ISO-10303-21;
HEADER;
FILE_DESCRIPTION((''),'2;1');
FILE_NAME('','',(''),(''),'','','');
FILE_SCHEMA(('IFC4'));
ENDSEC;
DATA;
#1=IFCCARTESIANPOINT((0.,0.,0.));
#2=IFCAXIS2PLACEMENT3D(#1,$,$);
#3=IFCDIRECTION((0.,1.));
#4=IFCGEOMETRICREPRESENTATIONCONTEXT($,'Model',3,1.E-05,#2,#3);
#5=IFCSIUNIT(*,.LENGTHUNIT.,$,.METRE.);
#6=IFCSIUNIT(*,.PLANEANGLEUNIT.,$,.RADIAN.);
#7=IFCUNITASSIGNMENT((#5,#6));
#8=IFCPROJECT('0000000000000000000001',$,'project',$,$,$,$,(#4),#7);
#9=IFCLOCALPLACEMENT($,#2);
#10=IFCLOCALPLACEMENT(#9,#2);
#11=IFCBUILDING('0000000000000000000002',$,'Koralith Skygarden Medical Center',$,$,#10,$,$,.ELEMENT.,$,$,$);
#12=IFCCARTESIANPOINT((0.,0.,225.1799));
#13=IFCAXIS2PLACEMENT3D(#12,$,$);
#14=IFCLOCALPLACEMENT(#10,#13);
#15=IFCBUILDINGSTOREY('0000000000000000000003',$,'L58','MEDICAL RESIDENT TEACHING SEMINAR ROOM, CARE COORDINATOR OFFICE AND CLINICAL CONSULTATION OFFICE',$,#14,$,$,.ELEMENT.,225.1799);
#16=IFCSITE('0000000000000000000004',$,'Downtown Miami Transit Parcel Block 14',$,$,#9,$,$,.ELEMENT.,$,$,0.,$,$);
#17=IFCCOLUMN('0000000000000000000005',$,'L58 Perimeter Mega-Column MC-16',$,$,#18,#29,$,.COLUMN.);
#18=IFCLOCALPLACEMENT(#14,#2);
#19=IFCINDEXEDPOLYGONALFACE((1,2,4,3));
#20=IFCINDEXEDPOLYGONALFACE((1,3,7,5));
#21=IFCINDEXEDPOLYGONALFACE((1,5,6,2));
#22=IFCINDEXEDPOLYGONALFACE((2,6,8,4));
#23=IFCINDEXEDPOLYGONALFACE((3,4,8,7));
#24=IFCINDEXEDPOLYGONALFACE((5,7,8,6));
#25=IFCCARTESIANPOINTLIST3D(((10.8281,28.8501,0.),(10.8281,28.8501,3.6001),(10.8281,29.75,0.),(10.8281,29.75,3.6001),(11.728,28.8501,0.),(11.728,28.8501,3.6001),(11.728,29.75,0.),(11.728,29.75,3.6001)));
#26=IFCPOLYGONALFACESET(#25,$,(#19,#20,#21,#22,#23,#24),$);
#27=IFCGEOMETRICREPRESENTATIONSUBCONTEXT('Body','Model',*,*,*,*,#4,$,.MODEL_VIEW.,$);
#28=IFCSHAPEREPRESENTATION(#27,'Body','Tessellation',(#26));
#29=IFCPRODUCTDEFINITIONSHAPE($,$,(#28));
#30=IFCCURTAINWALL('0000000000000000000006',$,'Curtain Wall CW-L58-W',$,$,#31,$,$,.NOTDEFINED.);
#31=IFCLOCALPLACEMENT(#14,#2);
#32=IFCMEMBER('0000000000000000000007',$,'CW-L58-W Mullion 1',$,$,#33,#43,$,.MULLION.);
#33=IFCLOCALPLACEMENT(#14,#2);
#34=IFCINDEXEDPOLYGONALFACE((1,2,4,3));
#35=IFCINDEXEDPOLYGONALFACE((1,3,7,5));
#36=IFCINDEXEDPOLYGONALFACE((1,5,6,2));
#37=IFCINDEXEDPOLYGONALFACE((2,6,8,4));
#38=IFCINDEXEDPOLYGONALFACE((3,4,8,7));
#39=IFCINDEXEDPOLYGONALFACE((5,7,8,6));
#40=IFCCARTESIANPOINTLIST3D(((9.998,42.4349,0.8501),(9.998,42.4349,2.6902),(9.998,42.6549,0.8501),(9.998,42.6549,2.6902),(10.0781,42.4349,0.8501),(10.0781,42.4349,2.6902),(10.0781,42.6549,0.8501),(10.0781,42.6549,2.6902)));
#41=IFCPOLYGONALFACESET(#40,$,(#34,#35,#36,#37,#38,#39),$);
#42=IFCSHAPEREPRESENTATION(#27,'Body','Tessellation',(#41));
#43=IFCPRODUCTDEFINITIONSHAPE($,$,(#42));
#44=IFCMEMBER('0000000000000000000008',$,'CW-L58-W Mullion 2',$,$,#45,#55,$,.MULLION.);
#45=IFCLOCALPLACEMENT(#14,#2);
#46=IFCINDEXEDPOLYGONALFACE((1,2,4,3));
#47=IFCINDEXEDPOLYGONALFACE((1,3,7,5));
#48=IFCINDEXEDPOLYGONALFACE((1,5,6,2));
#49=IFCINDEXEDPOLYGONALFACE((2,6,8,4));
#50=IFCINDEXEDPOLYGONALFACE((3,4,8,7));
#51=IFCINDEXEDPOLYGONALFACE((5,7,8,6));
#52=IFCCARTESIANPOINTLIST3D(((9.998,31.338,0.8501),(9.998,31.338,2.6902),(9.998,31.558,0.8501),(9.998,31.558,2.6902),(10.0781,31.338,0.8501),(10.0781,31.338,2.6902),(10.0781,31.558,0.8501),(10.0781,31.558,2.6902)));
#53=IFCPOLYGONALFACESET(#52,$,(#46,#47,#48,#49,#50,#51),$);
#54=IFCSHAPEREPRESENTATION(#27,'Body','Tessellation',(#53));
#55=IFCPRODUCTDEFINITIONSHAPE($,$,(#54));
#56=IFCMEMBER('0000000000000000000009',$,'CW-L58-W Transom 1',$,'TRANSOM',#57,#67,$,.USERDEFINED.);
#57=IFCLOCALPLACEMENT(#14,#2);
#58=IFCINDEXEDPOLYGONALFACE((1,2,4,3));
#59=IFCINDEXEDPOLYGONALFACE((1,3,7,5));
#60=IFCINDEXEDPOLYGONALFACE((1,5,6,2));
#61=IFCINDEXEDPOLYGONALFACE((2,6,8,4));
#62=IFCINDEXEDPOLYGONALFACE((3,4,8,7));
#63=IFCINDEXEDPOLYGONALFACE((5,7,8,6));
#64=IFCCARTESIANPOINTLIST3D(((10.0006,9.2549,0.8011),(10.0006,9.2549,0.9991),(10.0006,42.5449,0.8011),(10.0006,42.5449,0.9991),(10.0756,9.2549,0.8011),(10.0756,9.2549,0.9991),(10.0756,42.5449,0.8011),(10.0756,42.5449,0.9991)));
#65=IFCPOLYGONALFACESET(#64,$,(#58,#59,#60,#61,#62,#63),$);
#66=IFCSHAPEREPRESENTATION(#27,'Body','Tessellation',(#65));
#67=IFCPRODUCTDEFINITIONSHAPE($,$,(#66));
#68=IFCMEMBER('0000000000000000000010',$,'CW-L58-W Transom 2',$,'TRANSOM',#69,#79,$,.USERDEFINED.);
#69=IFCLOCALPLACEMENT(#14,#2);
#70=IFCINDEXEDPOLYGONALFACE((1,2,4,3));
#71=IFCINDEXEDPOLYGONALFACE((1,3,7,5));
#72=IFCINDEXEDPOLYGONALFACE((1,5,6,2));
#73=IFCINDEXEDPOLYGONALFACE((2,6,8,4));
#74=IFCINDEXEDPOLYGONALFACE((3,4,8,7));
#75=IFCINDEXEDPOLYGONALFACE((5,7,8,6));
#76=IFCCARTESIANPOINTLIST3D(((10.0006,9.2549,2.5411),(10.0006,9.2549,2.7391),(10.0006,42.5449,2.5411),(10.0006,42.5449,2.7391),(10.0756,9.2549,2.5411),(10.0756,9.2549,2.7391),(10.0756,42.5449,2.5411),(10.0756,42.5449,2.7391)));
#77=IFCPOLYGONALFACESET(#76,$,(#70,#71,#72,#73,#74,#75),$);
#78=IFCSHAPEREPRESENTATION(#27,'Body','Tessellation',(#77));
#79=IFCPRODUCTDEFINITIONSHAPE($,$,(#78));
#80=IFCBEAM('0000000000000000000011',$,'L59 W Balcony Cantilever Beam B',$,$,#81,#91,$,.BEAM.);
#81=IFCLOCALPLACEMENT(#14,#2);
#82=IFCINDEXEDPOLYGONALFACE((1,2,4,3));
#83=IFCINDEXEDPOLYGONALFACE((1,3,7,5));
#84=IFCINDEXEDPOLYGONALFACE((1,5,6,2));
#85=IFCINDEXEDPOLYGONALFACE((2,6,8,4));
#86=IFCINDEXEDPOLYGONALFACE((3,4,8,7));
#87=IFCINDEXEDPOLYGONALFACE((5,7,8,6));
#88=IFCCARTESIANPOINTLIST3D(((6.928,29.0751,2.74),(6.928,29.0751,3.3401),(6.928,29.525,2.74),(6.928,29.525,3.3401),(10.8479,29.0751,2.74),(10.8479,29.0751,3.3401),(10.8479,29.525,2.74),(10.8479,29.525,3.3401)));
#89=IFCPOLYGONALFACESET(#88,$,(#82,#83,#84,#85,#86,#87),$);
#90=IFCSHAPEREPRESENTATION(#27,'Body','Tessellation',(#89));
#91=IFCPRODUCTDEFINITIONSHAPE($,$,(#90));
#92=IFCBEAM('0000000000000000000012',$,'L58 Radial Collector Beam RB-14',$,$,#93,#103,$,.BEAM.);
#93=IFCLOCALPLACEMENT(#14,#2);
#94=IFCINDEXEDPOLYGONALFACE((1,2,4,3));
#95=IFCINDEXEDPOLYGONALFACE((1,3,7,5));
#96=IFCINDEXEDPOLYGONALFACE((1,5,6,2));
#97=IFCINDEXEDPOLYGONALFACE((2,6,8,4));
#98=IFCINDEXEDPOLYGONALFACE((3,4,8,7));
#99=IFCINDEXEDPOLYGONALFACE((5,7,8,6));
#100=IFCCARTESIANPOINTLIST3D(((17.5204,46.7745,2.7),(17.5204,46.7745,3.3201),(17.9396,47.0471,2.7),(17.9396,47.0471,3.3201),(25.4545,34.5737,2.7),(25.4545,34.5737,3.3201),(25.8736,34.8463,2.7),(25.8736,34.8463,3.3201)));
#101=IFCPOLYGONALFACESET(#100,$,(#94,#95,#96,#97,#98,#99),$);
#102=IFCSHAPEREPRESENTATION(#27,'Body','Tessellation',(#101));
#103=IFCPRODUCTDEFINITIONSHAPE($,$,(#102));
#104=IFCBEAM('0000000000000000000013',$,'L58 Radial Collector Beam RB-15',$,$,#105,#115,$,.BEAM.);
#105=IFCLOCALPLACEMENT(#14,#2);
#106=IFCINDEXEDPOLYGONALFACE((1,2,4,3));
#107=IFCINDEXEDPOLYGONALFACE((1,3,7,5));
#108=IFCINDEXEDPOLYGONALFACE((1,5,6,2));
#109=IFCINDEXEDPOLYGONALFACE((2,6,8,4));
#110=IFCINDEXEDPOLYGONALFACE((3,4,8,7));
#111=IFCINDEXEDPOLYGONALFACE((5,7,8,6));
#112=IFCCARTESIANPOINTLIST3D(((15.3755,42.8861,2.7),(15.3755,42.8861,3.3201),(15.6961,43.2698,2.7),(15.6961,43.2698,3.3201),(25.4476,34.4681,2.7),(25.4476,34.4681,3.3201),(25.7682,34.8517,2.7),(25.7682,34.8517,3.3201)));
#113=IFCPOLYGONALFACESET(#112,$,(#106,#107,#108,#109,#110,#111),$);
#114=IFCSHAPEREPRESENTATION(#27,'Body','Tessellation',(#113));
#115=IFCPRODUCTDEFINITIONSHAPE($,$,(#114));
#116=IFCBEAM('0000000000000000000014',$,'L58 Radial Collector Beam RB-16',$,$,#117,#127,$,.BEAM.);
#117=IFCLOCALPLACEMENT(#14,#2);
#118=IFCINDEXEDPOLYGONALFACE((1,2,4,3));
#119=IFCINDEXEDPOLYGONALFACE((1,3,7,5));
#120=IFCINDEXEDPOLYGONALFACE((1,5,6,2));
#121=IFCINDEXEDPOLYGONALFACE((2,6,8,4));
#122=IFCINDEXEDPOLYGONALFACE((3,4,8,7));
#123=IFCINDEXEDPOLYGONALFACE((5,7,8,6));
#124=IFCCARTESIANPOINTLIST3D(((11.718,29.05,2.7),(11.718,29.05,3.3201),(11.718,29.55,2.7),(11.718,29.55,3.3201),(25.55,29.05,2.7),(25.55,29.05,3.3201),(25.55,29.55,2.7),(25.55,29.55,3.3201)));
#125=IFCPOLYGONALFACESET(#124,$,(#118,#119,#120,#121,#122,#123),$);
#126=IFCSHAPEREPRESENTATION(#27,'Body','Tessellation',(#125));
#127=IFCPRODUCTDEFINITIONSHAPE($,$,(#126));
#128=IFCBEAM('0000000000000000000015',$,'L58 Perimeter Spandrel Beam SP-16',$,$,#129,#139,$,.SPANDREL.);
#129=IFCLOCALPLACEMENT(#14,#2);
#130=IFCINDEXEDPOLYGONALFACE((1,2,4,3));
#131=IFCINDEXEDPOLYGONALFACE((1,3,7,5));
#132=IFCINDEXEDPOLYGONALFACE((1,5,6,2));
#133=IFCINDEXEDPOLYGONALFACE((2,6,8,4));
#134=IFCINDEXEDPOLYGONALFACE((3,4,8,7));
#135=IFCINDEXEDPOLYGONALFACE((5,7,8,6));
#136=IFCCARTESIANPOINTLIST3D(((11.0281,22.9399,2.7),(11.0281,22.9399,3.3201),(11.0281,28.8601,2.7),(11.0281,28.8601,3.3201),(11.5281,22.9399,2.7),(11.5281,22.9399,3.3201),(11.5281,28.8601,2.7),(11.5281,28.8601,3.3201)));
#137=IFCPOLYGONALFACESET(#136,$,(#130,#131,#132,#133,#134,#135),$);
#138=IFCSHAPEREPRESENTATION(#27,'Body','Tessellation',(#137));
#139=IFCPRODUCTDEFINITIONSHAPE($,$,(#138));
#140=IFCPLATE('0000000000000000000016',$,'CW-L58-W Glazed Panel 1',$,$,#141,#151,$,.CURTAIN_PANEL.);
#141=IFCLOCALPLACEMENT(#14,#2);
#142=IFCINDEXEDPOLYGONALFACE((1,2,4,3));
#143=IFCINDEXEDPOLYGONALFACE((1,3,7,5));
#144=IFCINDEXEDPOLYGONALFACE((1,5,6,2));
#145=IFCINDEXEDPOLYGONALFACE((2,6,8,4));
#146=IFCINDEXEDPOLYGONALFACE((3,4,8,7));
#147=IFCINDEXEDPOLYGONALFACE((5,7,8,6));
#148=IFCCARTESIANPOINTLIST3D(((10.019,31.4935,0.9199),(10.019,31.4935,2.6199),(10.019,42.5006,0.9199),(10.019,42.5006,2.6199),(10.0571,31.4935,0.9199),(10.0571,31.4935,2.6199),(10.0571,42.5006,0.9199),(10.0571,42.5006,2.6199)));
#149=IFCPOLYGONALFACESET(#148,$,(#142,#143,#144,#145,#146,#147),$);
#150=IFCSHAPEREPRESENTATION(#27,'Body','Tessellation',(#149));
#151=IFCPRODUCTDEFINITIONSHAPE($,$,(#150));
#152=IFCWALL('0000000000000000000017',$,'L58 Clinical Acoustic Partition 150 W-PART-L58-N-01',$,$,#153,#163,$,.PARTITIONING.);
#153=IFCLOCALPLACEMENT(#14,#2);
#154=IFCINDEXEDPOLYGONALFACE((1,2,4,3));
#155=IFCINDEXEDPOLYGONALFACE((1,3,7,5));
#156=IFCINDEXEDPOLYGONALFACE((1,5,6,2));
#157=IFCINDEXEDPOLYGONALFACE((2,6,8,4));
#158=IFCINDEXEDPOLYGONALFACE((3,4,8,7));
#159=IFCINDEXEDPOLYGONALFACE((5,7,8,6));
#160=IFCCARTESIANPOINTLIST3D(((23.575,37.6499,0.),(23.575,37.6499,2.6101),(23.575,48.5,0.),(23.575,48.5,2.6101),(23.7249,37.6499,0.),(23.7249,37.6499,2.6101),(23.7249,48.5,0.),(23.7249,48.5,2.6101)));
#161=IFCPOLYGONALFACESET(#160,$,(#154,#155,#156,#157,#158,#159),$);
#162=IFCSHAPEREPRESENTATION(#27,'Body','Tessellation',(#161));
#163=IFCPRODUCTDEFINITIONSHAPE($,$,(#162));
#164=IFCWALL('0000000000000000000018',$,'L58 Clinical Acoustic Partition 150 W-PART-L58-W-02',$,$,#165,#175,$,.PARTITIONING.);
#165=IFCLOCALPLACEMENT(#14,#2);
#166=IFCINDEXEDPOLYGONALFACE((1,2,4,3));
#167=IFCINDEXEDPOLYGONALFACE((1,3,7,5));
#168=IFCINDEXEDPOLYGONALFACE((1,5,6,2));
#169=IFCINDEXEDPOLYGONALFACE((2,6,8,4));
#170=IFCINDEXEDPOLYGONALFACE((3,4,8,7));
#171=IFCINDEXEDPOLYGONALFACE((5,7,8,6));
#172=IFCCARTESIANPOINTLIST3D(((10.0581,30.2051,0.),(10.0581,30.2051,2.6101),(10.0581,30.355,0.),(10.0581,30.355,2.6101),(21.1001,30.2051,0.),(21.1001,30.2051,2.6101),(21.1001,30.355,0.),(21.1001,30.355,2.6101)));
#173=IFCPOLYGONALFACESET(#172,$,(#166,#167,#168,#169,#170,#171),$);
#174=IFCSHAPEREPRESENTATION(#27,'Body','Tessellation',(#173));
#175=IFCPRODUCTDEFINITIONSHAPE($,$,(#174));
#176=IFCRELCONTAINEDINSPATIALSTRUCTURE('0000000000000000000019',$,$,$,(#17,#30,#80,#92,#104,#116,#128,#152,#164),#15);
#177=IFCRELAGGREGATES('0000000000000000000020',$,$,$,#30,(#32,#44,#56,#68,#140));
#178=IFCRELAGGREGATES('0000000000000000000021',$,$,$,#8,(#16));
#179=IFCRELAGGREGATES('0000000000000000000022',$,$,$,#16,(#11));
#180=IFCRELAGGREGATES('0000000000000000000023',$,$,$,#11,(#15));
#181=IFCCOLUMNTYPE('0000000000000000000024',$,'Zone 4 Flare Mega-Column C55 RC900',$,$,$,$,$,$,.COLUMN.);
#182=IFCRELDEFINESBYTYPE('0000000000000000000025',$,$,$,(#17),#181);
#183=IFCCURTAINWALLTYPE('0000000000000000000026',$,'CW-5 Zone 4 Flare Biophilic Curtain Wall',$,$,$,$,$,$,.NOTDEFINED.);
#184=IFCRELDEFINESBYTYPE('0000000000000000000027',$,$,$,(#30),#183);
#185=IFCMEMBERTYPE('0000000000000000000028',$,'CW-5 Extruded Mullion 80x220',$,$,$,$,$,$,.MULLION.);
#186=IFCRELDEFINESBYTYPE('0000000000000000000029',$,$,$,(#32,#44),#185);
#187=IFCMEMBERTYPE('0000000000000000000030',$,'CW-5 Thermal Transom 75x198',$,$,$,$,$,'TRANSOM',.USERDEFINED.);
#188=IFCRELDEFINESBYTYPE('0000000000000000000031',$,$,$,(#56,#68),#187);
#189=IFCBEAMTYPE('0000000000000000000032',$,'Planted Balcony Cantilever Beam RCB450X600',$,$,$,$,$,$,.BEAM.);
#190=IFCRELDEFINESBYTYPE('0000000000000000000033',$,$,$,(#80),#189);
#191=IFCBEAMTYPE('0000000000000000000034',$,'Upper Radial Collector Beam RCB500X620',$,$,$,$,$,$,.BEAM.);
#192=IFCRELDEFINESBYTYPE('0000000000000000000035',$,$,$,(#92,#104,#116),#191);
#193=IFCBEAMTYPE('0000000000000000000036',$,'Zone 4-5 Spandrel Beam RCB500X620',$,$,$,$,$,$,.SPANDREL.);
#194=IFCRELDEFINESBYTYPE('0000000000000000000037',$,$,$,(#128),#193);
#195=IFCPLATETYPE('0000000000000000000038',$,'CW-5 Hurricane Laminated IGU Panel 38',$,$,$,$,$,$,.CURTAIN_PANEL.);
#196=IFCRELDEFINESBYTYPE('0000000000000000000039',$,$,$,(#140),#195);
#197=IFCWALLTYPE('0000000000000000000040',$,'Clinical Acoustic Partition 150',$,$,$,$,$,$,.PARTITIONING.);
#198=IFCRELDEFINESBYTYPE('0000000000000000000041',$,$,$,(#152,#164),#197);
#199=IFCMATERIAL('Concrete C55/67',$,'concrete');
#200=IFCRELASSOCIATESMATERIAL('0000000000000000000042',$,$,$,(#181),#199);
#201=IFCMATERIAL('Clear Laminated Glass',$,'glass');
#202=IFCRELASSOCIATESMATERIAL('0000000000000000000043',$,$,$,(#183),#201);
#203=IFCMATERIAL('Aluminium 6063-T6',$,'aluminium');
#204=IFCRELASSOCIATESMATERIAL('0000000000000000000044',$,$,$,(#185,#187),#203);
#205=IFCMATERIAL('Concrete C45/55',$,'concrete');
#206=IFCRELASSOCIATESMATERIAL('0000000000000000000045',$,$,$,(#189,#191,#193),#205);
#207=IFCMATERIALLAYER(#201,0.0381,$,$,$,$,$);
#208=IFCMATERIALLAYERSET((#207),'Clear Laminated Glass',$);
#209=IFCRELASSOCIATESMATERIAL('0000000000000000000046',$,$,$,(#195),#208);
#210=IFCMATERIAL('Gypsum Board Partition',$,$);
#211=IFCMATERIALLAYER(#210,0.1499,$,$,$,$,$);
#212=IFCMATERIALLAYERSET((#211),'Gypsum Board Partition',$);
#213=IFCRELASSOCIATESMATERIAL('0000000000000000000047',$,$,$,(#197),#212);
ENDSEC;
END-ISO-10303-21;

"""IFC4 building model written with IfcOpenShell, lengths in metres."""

from ifc_helpers import new_model, si_unit, direction, frame, frame_2d, origin, origin_2d, place, context, subcontext, project, spatial, rectangle, extrude, material, layer, layer_set, material_profile, profile_set, type_object, element, aggregate, save


model = new_model("IFC4")

# Units and contexts
model_context = context("Model", 3, precision=1e-05, world=origin(), true_north=direction((0.0, 1.0)))
body_context = subcontext(model_context, "Body", "Model", "MODEL_VIEW")
ifc_project = project(units=[si_unit("LENGTHUNIT", "METRE"), si_unit("PLANEANGLEUNIT", "RADIAN")], contexts=[model_context])

# Site, building, storey
site_placement = place(None, origin())
site = spatial("IfcSite", under=ifc_project, at=site_placement, Name="Downtown Miami Transit Parcel Block 14", CompositionType="ELEMENT", RefElevation=0.0)
building_placement = place(site_placement, origin())
building = spatial("IfcBuilding", under=site, at=building_placement, Name="Koralith Skygarden Medical Center", CompositionType="ELEMENT")
storey_placement = place(building_placement, frame((0.0, 0.0, 225.1799)))
storey = spatial("IfcBuildingStorey", under=building, at=storey_placement, Name="L58", Description="MEDICAL RESIDENT TEACHING SEMINAR ROOM, CARE COORDINATOR OFFICE AND CLINICAL CONSULTATION OFFICE", CompositionType="ELEMENT", Elevation=225.1799)

# Column
ifc_material_1 = material(Name="Concrete C55/67", Category="concrete")
ifc_material_profile_1 = material_profile(ifc_material_1, rectangle(XDim=0.8999, YDim=0.8999, at=origin_2d()), Name="RC900X900")
ifc_profile_set_1 = profile_set([ifc_material_profile_1], Name="Concrete C55/67")
column_type = type_object("IfcColumnType", Name="Zone 4 Flare Mega-Column C55 RC900", PredefinedType="COLUMN", material=ifc_profile_set_1)
column_placement = place(storey_placement, frame((11.2781, 29.3, 0.0), z_axis=(0.0, 0.0, 1.0), x_axis=(1.0, 0.0, 0.0)))
element("IfcColumn", 1, at=column_placement, inside=storey, type_object=column_type, Name="L58 Perimeter Mega-Column MC-16", PredefinedType="COLUMN", context=body_context, shape_type="SweptSolid", body=[
    extrude(rectangle(XDim=0.8999, YDim=0.8999, at=origin_2d()), origin(), (0.0, 0.0, 1.0), 3.6001),
])

# Curtain wall, members
ifc_material_2 = material(Name="Clear Laminated Glass", Category="glass")
curtain_wall_type = type_object("IfcCurtainWallType", Name="CW-5 Zone 4 Flare Biophilic Curtain Wall", PredefinedType="NOTDEFINED", material=ifc_material_2)
curtain_wall_placement = place(storey_placement, origin())
curtain_wall = element("IfcCurtainWall", 2, at=curtain_wall_placement, inside=storey, type_object=curtain_wall_type, Name="Curtain Wall CW-L58-W", PredefinedType="NOTDEFINED")
ifc_material_3 = material(Name="Aluminium 6063-T6", Category="aluminium")
ifc_material_profile_2 = material_profile(ifc_material_3, rectangle(XDim=0.0801, YDim=0.22, at=origin_2d()), Name="MUL80X220")
ifc_profile_set_2 = profile_set([ifc_material_profile_2], Name="Aluminium 6063-T6")
member_type_1 = type_object("IfcMemberType", Name="CW-5 Extruded Mullion 80x220", PredefinedType="MULLION", material=ifc_profile_set_2)
member_1_placement = place(storey_placement, frame((10.0381, 42.5449, 0.8501), z_axis=(0.0, 0.0, 1.0), x_axis=(1.0, 0.0, 0.0)))
member_1 = element("IfcMember", 3, at=member_1_placement, type_object=member_type_1, Name="CW-L58-W Mullion 1", PredefinedType="MULLION", context=body_context, shape_type="SweptSolid", body=[
    extrude(rectangle(XDim=0.0801, YDim=0.22, at=origin_2d()), origin(), (0.0, 0.0, 1.0), 1.8401),
])
member_2_placement = place(storey_placement, frame((10.0381, 31.448, 0.8501), z_axis=(0.0, 0.0, 1.0), x_axis=(1.0, 0.0, 0.0)))
member_2 = element("IfcMember", 4, at=member_2_placement, type_object=member_type_1, Name="CW-L58-W Mullion 2", PredefinedType="MULLION", context=body_context, shape_type="SweptSolid", body=[
    extrude(rectangle(XDim=0.0801, YDim=0.22, at=origin_2d()), origin(), (0.0, 0.0, 1.0), 1.8401),
])
ifc_material_profile_3 = material_profile(ifc_material_3, rectangle(XDim=0.075, YDim=0.198, at=origin_2d()), Name="TRN75X198")
ifc_profile_set_3 = profile_set([ifc_material_profile_3], Name="Aluminium 6063-T6")
member_type_2 = type_object("IfcMemberType", Name="CW-5 Thermal Transom 75x198", ElementType="TRANSOM", PredefinedType="USERDEFINED", material=ifc_profile_set_3)
member_3_placement = place(storey_placement, frame((10.0381, 42.5449, 0.9001), z_axis=(0.0, -1.0, 0.0), x_axis=(1.0, 0.0, 0.0)))
member_3 = element("IfcMember", 5, at=member_3_placement, type_object=member_type_2, Name="CW-L58-W Transom 1", ObjectType="TRANSOM", PredefinedType="USERDEFINED", context=body_context, shape_type="SweptSolid", body=[
    extrude(rectangle(XDim=0.075, YDim=0.198, at=origin_2d()), origin(), (0.0, 0.0, 1.0), 33.29),
])
member_4_placement = place(storey_placement, frame((10.0381, 42.5449, 2.6401), z_axis=(0.0, -1.0, 0.0), x_axis=(1.0, 0.0, 0.0)))
member_4 = element("IfcMember", 6, at=member_4_placement, type_object=member_type_2, Name="CW-L58-W Transom 2", ObjectType="TRANSOM", PredefinedType="USERDEFINED", context=body_context, shape_type="SweptSolid", body=[
    extrude(rectangle(XDim=0.075, YDim=0.198, at=origin_2d()), origin(), (0.0, 0.0, 1.0), 33.29),
])

# Beams
ifc_material_4 = material(Name="Concrete C45/55", Category="concrete")
ifc_material_profile_4 = material_profile(ifc_material_4, rectangle(XDim=0.45, YDim=0.6001, at=origin_2d()), Name="RCB450X600")
ifc_profile_set_4 = profile_set([ifc_material_profile_4], Name="Concrete C45/55")
beam_type_1 = type_object("IfcBeamType", Name="Planted Balcony Cantilever Beam RCB450X600", PredefinedType="BEAM", material=ifc_profile_set_4)
beam_1_placement = place(storey_placement, frame((10.8479, 29.3, 3.04), z_axis=(-1.0, 0.0, 0.0), x_axis=(0.0, -1.0, 0.0)))
element("IfcBeam", 7, at=beam_1_placement, inside=storey, type_object=beam_type_1, Name="L59 W Balcony Cantilever Beam B", PredefinedType="BEAM", context=body_context, shape_type="SweptSolid", body=[
    extrude(rectangle(XDim=0.45, YDim=0.6001, at=origin_2d()), origin(), (0.0, 0.0, 1.0), 3.9199),
])
ifc_material_profile_5 = material_profile(ifc_material_4, rectangle(XDim=0.5, YDim=0.6201, at=origin_2d()), Name="RCB500X620")
ifc_profile_set_5 = profile_set([ifc_material_profile_5], Name="Concrete C45/55")
beam_type_2 = type_object("IfcBeamType", Name="Upper Radial Collector Beam RCB500X620", PredefinedType="BEAM", material=ifc_profile_set_5)
beam_2_placement = place(storey_placement, frame((25.6641, 34.71, 3.01), z_axis=(-0.545156, 0.838334, 0.0), x_axis=(-0.838334, -0.545156, 0.0)))
element("IfcBeam", 8, at=beam_2_placement, inside=storey, type_object=beam_type_2, Name="L58 Radial Collector Beam RB-14", PredefinedType="BEAM", context=body_context, shape_type="SweptSolid", body=[
    extrude(rectangle(XDim=0.5, YDim=0.6201, at=origin_2d()), origin(), (0.0, 0.0, 1.0), 14.5537),
])
beam_3_placement = place(storey_placement, frame((25.6079, 34.6599, 3.01), z_axis=(-0.767298, 0.641291, 0.0), x_axis=(-0.641291, -0.767298, 0.0)))
element("IfcBeam", 9, at=beam_3_placement, inside=storey, type_object=beam_type_2, Name="L58 Radial Collector Beam RB-15", PredefinedType="BEAM", context=body_context, shape_type="SweptSolid", body=[
    extrude(rectangle(XDim=0.5, YDim=0.6201, at=origin_2d()), origin(), (0.0, 0.0, 1.0), 13.1267),
])
beam_4_placement = place(storey_placement, frame((25.55, 29.3, 3.01), z_axis=(-1.0, 0.0, 0.0), x_axis=(0.0, -1.0, 0.0)))
element("IfcBeam", 10, at=beam_4_placement, inside=storey, type_object=beam_type_2, Name="L58 Radial Collector Beam RB-16", PredefinedType="BEAM", context=body_context, shape_type="SweptSolid", body=[
    extrude(rectangle(XDim=0.5, YDim=0.6201, at=origin_2d()), origin(), (0.0, 0.0, 1.0), 13.832),
])
ifc_material_profile_6 = material_profile(ifc_material_4, rectangle(XDim=0.5, YDim=0.6201, at=origin_2d()), Name="RCB500X620")
ifc_profile_set_6 = profile_set([ifc_material_profile_6], Name="Concrete C45/55")
beam_type_3 = type_object("IfcBeamType", Name="Zone 4-5 Spandrel Beam RCB500X620", PredefinedType="SPANDREL", material=ifc_profile_set_6)
beam_5_placement = place(storey_placement, frame((11.2781, 28.8601, 3.01), z_axis=(0.0, -1.0, 0.0), x_axis=(1.0, 0.0, 0.0)))
element("IfcBeam", 11, at=beam_5_placement, inside=storey, type_object=beam_type_3, Name="L58 Perimeter Spandrel Beam SP-16", PredefinedType="SPANDREL", context=body_context, shape_type="SweptSolid", body=[
    extrude(rectangle(XDim=0.5, YDim=0.6201, at=origin_2d()), origin(), (0.0, 0.0, 1.0), 5.9202),
])

# Plate
ifc_layer_1 = layer(ifc_material_2, 0.0381)
ifc_layer_set_1 = layer_set([ifc_layer_1], Name="Clear Laminated Glass")
plate_type = type_object("IfcPlateType", Name="CW-5 Hurricane Laminated IGU Panel 38", PredefinedType="CURTAIN_PANEL", material=ifc_layer_set_1)
plate_placement = place(storey_placement, frame((10.0381, 36.9971, 0.9199), z_axis=(0.0, 0.0, 1.0), x_axis=(0.0, -1.0, 0.0)))
plate = element("IfcPlate", 12, at=plate_placement, type_object=plate_type, Name="CW-L58-W Glazed Panel 1", PredefinedType="CURTAIN_PANEL", context=body_context, shape_type="SweptSolid", body=[
    extrude(rectangle(XDim=11.0071, YDim=0.0381, at=origin_2d()), origin(), (0.0, 0.0, 1.0), 1.7),
])
aggregate(curtain_wall, [member_1, member_2, member_3, member_4, plate])

# Walls
ifc_material_5 = material(Name="Gypsum Board Partition")
ifc_layer_2 = layer(ifc_material_5, 0.1499)
ifc_layer_set_2 = layer_set([ifc_layer_2], Name="Gypsum Board Partition")
wall_type_1 = type_object("IfcWallType", Name="Clinical Acoustic Partition 150", PredefinedType="PARTITIONING", material=ifc_layer_set_2)
wall_1_placement = place(storey_placement, frame((23.6499, 37.6499, 0.0), z_axis=(0.0, 0.0, 1.0), x_axis=(0.0, 1.0, 0.0)))
element("IfcWall", 13, at=wall_1_placement, inside=storey, type_object=wall_type_1, Name="L58 Clinical Acoustic Partition 150 W-PART-L58-N-01", PredefinedType="PARTITIONING", context=body_context, shape_type="SweptSolid", body=[
    extrude(rectangle(XDim=10.8501, YDim=0.1499, at=frame_2d((5.425, 0.0))), origin(), (0.0, 0.0, 1.0), 2.6101),
])
wall_2_placement = place(storey_placement, frame((21.1001, 30.28, 0.0), z_axis=(0.0, 0.0, 1.0), x_axis=(-1.0, 0.0, 0.0)))
element("IfcWall", 14, at=wall_2_placement, inside=storey, type_object=wall_type_1, Name="L58 Clinical Acoustic Partition 150 W-PART-L58-W-02", PredefinedType="PARTITIONING", context=body_context, shape_type="SweptSolid", body=[
    extrude(rectangle(XDim=11.042, YDim=0.1499, at=frame_2d((5.521, 0.0))), origin(), (0.0, 0.0, 1.0), 2.6101),
])

save(model, "model.ifc")
